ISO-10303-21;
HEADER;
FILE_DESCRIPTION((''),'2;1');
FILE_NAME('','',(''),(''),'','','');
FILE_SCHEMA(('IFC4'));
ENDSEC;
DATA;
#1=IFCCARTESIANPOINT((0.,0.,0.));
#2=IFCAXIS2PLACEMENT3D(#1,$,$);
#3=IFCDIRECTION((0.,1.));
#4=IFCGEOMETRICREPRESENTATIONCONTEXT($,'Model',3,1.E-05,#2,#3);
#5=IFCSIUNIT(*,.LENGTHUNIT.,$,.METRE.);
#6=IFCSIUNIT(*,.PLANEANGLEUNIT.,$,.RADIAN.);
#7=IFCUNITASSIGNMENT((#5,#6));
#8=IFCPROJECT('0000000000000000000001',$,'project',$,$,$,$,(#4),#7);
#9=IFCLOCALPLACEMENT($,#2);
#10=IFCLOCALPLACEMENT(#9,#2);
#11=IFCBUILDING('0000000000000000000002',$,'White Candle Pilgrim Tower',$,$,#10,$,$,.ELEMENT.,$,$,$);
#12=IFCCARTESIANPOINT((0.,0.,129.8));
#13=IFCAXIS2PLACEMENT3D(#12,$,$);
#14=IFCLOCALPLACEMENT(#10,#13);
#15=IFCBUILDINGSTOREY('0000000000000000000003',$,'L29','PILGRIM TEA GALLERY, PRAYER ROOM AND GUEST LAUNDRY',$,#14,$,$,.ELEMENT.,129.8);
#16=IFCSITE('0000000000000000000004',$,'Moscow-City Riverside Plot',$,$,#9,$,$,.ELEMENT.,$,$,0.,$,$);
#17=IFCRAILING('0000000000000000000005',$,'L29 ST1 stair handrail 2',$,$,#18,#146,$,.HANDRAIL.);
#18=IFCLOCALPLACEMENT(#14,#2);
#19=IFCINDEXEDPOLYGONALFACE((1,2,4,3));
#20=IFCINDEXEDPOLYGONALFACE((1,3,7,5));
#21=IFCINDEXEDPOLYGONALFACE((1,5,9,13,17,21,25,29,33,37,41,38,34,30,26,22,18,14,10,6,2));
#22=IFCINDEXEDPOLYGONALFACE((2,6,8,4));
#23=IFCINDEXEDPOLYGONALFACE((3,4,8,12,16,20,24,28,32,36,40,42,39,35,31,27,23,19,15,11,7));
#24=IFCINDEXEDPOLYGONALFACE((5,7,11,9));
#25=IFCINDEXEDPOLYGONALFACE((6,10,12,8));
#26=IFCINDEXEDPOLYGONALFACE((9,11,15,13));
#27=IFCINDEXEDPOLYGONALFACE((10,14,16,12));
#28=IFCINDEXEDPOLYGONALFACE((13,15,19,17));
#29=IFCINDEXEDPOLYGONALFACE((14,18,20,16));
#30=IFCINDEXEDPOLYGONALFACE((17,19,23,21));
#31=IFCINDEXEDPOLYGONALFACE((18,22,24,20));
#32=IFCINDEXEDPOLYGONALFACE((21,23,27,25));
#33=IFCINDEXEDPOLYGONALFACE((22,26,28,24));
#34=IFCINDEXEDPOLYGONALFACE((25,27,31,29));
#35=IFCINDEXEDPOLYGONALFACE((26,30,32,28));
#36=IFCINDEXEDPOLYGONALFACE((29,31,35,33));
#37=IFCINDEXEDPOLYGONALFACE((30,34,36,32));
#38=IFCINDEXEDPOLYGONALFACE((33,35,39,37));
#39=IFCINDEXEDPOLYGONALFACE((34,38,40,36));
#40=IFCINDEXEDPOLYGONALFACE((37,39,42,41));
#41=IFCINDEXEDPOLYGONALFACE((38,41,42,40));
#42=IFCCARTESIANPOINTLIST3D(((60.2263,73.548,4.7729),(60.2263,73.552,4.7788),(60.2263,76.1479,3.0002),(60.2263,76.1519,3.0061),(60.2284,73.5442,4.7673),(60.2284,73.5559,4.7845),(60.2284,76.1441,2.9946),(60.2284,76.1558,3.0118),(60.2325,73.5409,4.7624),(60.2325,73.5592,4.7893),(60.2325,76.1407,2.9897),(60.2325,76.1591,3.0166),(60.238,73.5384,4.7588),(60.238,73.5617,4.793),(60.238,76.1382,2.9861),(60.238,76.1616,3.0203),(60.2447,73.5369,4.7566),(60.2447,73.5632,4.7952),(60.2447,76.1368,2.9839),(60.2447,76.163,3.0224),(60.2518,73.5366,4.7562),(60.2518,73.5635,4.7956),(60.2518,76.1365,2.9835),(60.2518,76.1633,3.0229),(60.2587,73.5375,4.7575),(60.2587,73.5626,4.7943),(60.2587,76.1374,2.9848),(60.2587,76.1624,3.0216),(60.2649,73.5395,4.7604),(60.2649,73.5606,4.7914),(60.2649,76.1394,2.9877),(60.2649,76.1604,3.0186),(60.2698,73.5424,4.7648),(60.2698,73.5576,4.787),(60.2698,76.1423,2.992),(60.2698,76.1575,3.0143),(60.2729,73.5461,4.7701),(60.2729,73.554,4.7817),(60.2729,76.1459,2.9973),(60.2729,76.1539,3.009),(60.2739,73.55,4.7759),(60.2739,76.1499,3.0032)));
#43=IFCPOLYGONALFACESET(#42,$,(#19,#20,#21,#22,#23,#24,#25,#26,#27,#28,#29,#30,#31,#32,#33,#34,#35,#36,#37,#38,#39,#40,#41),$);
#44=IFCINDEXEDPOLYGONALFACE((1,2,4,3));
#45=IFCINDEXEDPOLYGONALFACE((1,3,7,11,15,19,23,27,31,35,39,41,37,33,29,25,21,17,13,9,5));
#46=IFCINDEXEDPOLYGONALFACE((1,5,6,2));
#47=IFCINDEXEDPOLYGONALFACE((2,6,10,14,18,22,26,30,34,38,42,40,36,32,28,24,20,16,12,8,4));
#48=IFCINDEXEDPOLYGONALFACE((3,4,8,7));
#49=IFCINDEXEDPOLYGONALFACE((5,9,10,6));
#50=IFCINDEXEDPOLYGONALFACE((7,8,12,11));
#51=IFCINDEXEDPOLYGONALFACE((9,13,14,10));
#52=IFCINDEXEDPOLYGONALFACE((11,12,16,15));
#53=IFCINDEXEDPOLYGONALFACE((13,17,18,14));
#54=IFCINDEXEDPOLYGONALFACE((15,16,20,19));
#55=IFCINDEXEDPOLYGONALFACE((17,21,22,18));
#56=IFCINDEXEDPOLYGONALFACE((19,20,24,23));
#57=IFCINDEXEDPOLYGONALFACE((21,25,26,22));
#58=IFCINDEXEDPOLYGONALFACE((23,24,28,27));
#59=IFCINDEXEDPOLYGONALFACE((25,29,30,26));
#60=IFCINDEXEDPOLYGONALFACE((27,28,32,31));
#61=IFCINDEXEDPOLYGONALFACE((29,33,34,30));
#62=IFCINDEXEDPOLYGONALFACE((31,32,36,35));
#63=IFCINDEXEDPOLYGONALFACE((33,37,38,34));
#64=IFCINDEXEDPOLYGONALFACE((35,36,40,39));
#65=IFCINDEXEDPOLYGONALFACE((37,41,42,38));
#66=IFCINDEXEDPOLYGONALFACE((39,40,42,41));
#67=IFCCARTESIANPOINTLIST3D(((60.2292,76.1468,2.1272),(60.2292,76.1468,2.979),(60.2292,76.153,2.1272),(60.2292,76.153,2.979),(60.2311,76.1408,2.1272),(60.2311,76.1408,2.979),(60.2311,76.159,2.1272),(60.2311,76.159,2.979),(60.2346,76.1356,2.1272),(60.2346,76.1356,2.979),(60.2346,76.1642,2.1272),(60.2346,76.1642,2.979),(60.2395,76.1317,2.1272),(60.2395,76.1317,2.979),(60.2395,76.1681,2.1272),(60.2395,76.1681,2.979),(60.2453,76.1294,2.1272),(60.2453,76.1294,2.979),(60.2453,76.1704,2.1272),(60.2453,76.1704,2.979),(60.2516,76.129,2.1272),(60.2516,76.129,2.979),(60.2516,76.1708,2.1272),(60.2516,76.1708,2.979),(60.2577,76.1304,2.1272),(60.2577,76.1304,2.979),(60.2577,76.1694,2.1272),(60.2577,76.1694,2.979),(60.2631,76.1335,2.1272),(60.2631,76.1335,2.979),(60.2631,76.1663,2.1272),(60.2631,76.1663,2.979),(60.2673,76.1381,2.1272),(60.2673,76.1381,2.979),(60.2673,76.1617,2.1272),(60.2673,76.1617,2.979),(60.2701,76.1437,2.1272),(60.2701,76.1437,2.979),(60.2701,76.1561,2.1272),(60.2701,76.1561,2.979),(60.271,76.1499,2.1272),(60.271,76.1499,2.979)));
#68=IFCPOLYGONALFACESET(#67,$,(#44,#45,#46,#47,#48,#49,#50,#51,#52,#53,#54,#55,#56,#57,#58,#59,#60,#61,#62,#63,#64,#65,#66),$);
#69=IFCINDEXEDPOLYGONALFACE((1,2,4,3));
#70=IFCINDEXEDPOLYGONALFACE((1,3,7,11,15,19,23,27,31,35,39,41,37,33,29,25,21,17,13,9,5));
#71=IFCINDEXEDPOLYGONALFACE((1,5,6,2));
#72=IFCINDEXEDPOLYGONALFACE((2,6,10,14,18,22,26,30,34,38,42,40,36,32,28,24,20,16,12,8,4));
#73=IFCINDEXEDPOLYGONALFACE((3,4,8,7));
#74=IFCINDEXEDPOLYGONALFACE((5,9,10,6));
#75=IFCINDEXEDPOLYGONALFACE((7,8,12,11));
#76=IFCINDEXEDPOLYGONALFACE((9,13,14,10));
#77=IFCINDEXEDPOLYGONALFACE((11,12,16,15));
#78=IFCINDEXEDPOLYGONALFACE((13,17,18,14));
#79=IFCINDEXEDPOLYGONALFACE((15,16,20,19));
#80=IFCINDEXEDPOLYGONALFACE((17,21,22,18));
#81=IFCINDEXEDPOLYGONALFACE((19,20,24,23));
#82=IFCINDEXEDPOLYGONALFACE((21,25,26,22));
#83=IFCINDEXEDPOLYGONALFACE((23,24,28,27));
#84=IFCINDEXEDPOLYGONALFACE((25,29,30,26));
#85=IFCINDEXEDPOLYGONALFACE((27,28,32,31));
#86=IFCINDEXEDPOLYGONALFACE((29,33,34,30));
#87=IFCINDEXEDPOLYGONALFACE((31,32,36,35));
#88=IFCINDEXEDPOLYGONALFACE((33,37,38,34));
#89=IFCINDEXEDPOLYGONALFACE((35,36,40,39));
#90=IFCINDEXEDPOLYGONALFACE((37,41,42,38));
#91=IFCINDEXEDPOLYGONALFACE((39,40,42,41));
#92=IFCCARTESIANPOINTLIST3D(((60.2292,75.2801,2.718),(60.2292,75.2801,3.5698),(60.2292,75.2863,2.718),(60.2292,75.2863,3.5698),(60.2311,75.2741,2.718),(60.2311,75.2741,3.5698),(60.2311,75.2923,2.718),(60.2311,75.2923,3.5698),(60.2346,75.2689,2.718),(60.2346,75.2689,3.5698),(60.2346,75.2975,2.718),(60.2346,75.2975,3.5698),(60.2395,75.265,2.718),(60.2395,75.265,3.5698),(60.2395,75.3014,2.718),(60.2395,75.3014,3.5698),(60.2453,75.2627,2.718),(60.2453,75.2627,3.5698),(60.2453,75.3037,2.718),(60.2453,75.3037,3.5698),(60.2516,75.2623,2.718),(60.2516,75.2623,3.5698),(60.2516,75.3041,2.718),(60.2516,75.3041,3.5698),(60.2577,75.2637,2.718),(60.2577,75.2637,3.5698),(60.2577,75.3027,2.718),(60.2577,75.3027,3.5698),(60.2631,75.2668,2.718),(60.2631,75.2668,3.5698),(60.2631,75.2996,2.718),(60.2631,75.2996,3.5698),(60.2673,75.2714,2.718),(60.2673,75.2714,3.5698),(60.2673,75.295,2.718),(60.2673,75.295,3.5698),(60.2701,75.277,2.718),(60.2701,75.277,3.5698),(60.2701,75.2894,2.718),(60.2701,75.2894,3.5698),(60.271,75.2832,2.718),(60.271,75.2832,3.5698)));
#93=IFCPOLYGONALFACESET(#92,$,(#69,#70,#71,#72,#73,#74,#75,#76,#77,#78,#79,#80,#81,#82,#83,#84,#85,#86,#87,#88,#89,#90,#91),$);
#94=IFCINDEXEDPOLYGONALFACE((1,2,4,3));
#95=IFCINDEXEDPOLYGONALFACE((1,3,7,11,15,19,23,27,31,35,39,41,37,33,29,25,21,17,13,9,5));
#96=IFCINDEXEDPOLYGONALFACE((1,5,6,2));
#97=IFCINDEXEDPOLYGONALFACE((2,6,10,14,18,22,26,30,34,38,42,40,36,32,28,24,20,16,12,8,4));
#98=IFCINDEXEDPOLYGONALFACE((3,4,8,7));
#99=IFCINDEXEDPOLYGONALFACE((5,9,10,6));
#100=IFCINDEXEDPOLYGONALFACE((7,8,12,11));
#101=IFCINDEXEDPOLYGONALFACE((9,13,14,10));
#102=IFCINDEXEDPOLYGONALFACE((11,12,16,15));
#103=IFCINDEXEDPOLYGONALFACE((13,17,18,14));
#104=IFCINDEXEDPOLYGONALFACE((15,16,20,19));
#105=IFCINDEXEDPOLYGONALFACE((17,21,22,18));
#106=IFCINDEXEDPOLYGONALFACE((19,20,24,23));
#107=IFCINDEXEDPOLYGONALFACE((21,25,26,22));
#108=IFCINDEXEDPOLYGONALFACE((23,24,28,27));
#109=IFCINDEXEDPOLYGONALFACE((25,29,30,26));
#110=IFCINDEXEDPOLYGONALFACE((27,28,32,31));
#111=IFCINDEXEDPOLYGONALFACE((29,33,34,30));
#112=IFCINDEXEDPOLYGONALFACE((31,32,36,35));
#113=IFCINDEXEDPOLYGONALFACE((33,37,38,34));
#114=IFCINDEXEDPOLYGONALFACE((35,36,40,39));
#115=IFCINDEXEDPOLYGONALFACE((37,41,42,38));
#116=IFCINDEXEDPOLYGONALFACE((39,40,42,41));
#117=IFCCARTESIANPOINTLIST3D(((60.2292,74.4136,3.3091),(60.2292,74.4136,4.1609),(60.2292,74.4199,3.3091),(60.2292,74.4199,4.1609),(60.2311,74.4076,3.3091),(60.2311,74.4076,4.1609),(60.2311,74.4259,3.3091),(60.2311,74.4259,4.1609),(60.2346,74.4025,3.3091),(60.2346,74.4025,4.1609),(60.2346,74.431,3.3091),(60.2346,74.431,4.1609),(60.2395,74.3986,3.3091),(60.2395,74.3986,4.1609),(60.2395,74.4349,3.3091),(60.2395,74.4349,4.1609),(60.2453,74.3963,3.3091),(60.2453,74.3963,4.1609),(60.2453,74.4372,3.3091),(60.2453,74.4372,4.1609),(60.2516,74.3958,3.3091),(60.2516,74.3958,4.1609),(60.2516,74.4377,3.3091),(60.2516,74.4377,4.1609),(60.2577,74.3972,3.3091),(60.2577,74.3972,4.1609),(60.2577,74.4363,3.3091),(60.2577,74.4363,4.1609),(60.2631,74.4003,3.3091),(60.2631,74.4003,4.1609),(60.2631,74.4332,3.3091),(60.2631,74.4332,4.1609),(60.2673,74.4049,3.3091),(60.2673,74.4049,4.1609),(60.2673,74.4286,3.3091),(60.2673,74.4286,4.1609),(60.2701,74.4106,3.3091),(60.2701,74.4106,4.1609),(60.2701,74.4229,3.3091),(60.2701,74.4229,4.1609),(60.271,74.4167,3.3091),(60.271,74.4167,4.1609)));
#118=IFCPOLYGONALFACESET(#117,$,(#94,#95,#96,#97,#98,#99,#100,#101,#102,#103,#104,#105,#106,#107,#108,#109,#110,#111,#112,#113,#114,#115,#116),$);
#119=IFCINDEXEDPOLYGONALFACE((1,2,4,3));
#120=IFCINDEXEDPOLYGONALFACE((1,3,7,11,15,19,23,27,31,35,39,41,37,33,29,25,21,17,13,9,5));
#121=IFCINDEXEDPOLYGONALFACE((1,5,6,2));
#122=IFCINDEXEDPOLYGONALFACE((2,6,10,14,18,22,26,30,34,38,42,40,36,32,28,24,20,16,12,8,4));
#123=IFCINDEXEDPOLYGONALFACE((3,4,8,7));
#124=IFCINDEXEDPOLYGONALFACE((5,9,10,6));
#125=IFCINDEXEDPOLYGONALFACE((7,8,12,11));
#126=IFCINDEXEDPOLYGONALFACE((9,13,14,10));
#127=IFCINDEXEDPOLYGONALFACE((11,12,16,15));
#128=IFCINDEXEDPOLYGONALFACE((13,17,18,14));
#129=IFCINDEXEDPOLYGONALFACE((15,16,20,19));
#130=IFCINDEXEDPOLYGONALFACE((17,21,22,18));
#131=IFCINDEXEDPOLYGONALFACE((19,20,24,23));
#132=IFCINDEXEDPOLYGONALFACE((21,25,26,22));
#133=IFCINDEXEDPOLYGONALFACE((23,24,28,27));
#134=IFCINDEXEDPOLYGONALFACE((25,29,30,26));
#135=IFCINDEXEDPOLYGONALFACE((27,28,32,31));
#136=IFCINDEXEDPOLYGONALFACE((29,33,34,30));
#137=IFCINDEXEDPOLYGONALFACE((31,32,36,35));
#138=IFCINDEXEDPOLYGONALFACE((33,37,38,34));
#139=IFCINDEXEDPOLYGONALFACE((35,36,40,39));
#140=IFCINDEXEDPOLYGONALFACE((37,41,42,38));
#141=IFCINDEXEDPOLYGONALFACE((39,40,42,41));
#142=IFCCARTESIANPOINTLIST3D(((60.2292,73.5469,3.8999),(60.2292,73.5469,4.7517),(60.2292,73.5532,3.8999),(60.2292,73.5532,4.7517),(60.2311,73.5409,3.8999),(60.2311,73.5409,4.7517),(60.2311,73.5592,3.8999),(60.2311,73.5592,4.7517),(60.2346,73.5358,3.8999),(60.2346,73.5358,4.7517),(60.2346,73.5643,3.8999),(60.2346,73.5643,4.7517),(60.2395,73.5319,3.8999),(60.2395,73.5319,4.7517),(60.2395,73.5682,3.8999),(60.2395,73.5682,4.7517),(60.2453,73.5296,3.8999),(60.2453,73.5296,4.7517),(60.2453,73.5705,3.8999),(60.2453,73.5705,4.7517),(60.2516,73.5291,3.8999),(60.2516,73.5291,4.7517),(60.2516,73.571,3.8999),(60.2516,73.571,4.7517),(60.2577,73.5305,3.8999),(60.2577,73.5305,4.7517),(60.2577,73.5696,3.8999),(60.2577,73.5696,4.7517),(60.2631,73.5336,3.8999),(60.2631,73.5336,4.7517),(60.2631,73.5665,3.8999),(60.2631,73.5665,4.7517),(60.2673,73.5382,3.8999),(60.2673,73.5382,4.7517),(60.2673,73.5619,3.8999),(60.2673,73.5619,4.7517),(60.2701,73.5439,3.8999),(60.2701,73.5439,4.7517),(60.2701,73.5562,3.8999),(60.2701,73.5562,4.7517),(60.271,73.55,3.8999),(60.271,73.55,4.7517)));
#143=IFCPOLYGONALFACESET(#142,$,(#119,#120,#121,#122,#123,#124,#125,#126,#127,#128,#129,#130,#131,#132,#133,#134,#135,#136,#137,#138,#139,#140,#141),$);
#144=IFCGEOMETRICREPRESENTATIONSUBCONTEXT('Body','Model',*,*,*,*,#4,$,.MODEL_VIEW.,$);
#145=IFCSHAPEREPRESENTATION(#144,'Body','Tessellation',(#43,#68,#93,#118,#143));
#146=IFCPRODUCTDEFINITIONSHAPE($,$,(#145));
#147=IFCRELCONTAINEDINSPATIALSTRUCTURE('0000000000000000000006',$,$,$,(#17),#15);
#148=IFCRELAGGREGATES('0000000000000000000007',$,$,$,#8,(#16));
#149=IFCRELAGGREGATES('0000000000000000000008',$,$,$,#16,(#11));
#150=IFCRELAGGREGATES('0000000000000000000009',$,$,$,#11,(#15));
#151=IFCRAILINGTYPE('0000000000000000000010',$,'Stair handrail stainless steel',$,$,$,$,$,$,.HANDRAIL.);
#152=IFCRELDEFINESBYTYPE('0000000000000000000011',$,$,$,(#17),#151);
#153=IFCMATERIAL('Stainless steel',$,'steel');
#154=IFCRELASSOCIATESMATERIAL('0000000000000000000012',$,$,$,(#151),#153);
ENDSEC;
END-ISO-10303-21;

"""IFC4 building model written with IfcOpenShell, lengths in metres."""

from ifc_helpers import new_model, si_unit, direction, frame, origin, origin_2d, place, context, subcontext, project, spatial, circle, extrude, material, type_object, element, save


model = new_model("IFC4")

# Units and contexts
model_context = context("Model", 3, precision=1e-05, world=origin(), true_north=direction((0.0, 1.0)))
body_context = subcontext(model_context, "Body", "Model", "MODEL_VIEW")
ifc_project = project(units=[si_unit("LENGTHUNIT", "METRE"), si_unit("PLANEANGLEUNIT", "RADIAN")], contexts=[model_context])

# Site, building, storey
site_placement = place(None, origin())
site = spatial("IfcSite", under=ifc_project, at=site_placement, Name="Moscow-City Riverside Plot", CompositionType="ELEMENT", RefElevation=0.0)
building_placement = place(site_placement, origin())
building = spatial("IfcBuilding", under=site, at=building_placement, Name="White Candle Pilgrim Tower", CompositionType="ELEMENT")
storey_placement = place(building_placement, frame((0.0, 0.0, 129.8)))
storey = spatial("IfcBuildingStorey", under=building, at=storey_placement, Name="L29", Description="PILGRIM TEA GALLERY, PRAYER ROOM AND GUEST LAUNDRY", CompositionType="ELEMENT", Elevation=129.8)

# Railing
ifc_material_1 = material(Name="Stainless steel", Category="steel")
railing_type_1 = type_object("IfcRailingType", Name="Stair handrail stainless steel", PredefinedType="HANDRAIL", material=ifc_material_1)
railing_1_placement = place(storey_placement, frame((60.25, 76.1499, 2.1272)))
element("IfcRailing", 1, at=railing_1_placement, inside=storey, type_object=railing_type_1, Name="L29 ST1 stair handrail 2", PredefinedType="HANDRAIL", context=body_context, shape_type="SweptSolid", body=[
    extrude(circle(Radius=0.0239, at=origin_2d()), frame((0.0, 0.0, 0.876), z_axis=(0.0, -0.826216, 0.563354), x_axis=(1.0, 0.0, 0.0)), (0.0, 0.0, 1.0), 3.1467),
    extrude(circle(Radius=0.021, at=origin_2d()), origin(), (0.0, 0.0, 1.0), 0.8518),
    extrude(circle(Radius=0.021, at=origin_2d()), frame((0.0, -0.8667, 0.5908)), (0.0, 0.0, 1.0), 0.8518),
    extrude(circle(Radius=0.021, at=origin_2d()), frame((0.0, -1.7332, 1.1819)), (0.0, 0.0, 1.0), 0.8518),
    extrude(circle(Radius=0.021, at=origin_2d()), frame((0.0, -2.5999, 1.7727)), (0.0, 0.0, 1.0), 0.8518),
])

save(model, "model.ifc")
